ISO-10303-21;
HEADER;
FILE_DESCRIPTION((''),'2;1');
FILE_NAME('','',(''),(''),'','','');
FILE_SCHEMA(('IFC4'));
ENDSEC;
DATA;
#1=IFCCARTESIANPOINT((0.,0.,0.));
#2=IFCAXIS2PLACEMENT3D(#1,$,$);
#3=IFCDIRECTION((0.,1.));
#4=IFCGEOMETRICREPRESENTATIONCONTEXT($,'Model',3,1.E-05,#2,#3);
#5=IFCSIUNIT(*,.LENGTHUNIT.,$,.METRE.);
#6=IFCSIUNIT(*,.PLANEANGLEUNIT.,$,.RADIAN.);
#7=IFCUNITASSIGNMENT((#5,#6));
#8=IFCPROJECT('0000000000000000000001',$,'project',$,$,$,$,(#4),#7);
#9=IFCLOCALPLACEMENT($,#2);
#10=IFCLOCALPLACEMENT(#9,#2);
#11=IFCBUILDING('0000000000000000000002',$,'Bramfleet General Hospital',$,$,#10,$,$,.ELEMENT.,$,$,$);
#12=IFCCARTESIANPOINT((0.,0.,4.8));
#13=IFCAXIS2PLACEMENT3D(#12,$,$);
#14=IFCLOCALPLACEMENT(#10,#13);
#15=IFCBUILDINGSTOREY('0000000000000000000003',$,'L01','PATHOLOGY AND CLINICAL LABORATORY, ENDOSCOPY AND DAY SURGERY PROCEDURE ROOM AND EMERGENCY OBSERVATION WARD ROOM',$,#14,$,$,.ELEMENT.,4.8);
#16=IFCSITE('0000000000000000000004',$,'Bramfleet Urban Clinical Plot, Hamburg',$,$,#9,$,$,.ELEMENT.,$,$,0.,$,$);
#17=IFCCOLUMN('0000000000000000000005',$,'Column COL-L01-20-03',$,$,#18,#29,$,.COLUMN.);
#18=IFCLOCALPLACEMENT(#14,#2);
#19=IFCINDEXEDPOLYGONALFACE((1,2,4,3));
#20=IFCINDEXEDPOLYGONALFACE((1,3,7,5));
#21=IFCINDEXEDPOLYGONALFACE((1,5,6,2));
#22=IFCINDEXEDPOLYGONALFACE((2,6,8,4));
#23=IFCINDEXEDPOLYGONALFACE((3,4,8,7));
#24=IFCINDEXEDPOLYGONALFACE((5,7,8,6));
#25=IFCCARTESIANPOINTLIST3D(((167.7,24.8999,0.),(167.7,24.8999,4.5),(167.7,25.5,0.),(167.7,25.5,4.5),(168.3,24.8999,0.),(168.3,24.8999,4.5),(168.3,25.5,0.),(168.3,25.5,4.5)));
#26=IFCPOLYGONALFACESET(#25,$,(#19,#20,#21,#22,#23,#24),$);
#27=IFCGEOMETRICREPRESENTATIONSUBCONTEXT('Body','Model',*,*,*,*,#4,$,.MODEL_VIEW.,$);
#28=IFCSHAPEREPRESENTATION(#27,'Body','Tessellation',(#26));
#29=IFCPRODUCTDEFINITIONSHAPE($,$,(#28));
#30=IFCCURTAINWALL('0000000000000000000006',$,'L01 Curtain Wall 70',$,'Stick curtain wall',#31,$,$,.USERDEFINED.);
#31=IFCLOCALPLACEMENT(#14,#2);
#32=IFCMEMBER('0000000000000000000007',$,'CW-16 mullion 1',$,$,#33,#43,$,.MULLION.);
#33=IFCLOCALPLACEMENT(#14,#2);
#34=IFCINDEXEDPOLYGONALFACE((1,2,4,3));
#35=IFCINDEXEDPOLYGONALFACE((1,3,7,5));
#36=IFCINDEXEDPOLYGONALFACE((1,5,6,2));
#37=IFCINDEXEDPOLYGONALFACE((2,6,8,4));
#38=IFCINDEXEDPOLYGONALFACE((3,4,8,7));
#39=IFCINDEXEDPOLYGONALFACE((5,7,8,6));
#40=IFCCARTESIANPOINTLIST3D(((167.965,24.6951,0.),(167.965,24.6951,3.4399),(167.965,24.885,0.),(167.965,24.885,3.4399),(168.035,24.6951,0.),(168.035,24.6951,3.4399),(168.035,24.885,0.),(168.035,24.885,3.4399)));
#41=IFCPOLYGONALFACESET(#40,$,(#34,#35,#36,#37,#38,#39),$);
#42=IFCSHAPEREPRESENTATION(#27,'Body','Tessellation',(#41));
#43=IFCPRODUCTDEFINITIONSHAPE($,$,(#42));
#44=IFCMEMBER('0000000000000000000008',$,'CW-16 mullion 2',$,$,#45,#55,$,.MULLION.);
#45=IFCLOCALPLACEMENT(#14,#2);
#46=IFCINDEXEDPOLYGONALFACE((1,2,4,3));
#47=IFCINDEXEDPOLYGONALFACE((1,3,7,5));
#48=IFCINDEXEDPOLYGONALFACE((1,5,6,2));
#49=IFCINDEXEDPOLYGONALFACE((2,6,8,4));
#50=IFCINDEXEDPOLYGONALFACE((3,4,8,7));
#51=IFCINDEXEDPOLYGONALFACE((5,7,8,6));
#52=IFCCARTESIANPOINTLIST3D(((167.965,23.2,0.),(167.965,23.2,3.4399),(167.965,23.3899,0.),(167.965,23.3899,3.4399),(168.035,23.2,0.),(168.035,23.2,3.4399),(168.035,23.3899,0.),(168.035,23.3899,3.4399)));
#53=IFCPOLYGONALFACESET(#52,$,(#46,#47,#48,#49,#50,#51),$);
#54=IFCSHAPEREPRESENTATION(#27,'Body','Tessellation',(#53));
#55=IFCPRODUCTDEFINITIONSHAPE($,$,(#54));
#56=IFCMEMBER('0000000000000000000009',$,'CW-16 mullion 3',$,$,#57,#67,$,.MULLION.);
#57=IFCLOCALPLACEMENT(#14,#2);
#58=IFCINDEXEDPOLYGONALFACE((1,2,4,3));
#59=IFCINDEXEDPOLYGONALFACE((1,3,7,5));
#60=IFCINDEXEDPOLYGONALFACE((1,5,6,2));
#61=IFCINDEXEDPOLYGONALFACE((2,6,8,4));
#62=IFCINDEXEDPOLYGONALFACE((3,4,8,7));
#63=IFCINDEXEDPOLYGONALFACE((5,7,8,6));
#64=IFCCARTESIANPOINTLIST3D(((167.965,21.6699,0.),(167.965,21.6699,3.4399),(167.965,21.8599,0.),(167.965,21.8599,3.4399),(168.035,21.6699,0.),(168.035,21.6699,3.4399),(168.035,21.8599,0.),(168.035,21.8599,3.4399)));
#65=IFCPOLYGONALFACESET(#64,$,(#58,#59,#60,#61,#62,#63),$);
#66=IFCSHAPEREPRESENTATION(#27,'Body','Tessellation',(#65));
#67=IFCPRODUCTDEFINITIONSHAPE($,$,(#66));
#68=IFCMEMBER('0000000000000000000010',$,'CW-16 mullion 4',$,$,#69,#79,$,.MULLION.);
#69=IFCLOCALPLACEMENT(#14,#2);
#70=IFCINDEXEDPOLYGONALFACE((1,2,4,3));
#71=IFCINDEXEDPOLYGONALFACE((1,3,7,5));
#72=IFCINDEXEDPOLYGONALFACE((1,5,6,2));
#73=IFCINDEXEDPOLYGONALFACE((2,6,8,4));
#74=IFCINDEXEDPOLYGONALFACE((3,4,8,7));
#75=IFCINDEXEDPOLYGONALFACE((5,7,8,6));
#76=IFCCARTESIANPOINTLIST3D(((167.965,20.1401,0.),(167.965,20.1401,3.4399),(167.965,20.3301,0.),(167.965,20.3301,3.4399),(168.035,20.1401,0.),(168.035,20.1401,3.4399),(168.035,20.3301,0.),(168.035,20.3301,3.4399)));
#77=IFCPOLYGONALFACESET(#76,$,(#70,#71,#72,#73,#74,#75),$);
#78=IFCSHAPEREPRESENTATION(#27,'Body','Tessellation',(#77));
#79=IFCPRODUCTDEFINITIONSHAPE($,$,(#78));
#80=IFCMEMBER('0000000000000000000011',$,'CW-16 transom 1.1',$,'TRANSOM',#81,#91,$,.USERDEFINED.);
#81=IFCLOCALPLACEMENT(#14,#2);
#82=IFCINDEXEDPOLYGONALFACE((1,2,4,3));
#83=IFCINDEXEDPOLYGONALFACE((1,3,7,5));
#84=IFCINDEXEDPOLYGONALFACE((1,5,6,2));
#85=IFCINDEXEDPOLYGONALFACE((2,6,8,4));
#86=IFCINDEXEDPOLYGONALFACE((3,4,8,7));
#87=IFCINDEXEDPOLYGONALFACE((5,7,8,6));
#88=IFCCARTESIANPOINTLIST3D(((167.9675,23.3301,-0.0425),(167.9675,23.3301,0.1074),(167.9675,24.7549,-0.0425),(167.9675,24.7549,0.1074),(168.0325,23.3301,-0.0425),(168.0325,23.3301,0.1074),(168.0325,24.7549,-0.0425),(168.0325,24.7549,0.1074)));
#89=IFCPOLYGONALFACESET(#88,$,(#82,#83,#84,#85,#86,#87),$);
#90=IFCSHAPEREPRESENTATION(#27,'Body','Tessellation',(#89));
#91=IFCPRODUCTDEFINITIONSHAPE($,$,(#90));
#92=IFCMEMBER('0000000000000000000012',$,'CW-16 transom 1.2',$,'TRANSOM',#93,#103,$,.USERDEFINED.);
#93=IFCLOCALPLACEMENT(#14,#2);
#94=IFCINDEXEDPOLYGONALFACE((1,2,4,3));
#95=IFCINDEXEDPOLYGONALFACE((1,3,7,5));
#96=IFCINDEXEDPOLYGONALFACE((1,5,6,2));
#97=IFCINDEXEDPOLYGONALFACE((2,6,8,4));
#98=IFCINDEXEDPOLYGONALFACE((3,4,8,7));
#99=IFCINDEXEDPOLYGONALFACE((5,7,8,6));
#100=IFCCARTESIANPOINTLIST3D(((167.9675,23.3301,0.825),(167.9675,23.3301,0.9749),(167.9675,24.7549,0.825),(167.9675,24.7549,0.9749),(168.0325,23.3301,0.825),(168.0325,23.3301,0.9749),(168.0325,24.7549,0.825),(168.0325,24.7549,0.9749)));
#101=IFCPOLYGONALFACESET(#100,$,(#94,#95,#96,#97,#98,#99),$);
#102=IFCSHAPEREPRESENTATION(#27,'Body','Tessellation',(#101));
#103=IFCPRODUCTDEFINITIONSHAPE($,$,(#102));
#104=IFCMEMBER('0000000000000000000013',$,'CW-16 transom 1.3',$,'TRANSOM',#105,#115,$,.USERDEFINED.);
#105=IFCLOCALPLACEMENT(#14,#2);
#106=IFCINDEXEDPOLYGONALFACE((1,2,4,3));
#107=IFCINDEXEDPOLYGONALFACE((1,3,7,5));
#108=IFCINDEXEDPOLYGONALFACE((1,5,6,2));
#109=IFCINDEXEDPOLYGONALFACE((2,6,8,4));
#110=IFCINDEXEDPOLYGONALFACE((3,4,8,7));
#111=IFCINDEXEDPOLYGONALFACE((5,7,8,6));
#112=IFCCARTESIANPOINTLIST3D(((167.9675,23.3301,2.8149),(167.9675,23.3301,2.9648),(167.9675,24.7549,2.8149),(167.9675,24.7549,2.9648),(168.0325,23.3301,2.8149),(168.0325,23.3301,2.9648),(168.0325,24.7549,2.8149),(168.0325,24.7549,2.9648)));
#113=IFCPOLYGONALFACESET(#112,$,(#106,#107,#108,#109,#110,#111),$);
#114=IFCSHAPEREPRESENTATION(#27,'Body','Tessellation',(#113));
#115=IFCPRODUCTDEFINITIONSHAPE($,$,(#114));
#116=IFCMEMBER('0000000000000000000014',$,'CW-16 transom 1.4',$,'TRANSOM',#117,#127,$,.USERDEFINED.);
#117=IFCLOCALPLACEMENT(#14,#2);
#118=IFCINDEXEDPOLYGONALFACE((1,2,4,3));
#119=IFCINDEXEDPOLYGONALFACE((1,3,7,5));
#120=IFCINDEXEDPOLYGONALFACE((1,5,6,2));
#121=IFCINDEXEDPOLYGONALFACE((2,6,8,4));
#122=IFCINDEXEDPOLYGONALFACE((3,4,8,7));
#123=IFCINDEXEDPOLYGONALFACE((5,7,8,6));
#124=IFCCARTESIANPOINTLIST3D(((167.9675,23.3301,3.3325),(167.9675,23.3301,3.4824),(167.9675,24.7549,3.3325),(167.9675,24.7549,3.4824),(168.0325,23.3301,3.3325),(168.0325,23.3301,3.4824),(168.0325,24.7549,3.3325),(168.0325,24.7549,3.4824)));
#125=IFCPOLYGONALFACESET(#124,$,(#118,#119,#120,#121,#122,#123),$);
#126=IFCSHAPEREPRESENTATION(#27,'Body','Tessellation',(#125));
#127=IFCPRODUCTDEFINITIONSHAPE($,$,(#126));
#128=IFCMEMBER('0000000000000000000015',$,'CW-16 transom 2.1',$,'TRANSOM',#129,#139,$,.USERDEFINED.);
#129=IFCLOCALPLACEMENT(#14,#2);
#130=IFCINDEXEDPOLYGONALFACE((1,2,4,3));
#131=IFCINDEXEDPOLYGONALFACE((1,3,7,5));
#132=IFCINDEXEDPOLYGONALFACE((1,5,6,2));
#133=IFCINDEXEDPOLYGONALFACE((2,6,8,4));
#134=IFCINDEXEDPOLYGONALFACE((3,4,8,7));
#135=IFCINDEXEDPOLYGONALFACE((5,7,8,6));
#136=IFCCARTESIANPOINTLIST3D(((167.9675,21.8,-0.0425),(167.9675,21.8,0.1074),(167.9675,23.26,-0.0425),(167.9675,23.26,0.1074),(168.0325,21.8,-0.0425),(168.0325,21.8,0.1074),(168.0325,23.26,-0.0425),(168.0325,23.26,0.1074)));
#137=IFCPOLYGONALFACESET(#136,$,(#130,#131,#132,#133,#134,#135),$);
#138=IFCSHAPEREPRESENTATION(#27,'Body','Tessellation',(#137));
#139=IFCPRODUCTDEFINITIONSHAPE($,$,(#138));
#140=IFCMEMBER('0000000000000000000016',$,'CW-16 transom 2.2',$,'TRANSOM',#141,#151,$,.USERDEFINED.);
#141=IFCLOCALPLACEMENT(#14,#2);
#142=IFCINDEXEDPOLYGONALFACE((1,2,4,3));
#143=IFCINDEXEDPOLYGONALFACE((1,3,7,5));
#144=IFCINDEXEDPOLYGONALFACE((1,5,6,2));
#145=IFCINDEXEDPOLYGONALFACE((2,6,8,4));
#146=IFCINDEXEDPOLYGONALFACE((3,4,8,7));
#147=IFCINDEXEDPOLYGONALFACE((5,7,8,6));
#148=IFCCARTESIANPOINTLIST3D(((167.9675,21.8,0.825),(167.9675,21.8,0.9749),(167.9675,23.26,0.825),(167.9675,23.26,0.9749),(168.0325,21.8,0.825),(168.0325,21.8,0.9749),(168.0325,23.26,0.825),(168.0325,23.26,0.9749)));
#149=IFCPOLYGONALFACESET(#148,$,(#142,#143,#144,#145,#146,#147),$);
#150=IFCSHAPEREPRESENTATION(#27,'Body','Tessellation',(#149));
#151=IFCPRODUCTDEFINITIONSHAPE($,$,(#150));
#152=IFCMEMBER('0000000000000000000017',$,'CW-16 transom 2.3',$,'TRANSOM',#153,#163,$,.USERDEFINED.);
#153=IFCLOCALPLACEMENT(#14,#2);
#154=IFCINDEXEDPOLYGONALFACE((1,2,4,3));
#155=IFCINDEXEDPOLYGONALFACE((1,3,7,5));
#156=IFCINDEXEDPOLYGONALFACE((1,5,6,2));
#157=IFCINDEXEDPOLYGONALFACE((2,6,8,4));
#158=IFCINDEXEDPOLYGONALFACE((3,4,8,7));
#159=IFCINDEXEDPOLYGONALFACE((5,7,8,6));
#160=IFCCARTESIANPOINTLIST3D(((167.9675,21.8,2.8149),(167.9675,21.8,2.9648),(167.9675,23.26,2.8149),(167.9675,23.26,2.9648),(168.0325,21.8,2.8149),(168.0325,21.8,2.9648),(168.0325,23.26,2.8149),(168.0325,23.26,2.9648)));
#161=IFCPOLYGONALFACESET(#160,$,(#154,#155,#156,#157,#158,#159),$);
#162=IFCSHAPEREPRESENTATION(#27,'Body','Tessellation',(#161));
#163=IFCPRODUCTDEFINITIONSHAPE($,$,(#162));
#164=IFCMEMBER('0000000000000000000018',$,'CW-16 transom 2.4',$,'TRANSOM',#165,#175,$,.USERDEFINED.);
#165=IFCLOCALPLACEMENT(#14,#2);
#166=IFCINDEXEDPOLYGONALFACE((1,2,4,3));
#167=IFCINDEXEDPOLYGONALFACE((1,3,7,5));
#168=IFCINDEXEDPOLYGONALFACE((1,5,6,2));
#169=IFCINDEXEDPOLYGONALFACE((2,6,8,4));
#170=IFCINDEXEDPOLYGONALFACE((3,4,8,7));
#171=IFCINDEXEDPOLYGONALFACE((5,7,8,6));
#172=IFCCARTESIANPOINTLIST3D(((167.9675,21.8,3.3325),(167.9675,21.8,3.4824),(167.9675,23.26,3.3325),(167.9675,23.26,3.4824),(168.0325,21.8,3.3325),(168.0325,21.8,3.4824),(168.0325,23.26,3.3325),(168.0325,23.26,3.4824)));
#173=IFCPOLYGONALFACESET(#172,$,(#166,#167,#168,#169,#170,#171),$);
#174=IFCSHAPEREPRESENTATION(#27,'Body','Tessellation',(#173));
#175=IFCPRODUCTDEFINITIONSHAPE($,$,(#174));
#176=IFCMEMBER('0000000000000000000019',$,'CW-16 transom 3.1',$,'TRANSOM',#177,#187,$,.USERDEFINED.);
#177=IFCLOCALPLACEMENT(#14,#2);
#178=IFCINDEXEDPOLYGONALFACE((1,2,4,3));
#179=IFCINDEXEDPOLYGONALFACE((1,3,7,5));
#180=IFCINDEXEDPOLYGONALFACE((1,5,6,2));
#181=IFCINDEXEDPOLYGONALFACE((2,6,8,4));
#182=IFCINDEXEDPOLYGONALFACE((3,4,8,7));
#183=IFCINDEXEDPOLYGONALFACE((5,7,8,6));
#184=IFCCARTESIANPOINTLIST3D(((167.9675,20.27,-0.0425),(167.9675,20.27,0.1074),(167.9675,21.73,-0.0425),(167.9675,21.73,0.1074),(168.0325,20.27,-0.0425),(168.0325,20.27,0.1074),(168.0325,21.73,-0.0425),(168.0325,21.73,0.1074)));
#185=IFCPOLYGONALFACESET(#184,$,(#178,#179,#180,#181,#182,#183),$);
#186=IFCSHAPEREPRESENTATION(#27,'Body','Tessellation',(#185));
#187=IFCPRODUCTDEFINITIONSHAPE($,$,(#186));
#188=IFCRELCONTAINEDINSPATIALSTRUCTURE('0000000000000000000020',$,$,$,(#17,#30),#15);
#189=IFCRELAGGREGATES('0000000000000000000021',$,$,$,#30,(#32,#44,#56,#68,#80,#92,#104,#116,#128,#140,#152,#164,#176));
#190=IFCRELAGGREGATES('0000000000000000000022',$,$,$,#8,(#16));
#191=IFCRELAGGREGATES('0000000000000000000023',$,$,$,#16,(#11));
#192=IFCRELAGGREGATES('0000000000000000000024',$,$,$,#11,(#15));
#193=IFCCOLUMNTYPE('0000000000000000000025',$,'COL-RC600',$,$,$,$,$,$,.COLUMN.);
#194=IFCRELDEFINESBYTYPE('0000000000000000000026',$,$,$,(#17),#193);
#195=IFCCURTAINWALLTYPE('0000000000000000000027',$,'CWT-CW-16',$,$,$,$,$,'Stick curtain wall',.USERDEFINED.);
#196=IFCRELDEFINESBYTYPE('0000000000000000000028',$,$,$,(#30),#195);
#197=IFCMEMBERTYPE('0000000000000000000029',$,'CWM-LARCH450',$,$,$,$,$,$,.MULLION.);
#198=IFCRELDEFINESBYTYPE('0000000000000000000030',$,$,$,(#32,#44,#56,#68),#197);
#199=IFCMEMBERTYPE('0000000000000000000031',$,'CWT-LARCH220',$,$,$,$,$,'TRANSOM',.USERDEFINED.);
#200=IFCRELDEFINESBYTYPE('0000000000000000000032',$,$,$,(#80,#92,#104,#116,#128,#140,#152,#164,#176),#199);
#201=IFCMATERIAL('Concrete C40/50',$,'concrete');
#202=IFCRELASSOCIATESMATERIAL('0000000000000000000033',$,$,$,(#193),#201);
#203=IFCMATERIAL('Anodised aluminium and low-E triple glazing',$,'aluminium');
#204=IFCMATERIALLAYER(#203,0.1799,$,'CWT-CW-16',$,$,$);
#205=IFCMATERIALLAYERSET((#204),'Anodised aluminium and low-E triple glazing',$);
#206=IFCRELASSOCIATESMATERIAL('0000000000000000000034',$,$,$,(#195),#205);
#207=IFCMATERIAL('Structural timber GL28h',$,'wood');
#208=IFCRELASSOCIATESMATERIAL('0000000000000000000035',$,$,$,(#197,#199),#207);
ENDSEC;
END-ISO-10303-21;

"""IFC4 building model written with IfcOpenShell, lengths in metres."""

from ifc_helpers import new_model, si_unit, direction, frame, origin, origin_2d, place, context, subcontext, project, spatial, rectangle, extrude, material, layer, layer_set, material_profile, profile_set, type_object, element, aggregate, save


model = new_model("IFC4")

# Units and contexts
model_context = context("Model", 3, precision=1e-05, world=origin(), true_north=direction((0.0, 1.0)))
body_context = subcontext(model_context, "Body", "Model", "MODEL_VIEW")
ifc_project = project(units=[si_unit("LENGTHUNIT", "METRE"), si_unit("PLANEANGLEUNIT", "RADIAN")], contexts=[model_context])

# Site, building, storey
site_placement = place(None, origin())
site = spatial("IfcSite", under=ifc_project, at=site_placement, Name="Bramfleet Urban Clinical Plot, Hamburg", CompositionType="ELEMENT", RefElevation=0.0)
building_placement = place(site_placement, origin())
building = spatial("IfcBuilding", under=site, at=building_placement, Name="Bramfleet General Hospital", CompositionType="ELEMENT")
storey_placement = place(building_placement, frame((0.0, 0.0, 4.8)))
storey = spatial("IfcBuildingStorey", under=building, at=storey_placement, Name="L01", Description="PATHOLOGY AND CLINICAL LABORATORY, ENDOSCOPY AND DAY SURGERY PROCEDURE ROOM AND EMERGENCY OBSERVATION WARD ROOM", CompositionType="ELEMENT", Elevation=4.8)

# Column
ifc_material_1 = material(Name="Concrete C40/50", Category="concrete")
ifc_material_profile_1 = material_profile(ifc_material_1, rectangle(XDim=0.6001, YDim=0.6001, at=origin_2d()), Name="RC COL 600x600")
ifc_profile_set_1 = profile_set([ifc_material_profile_1], Name="Concrete C40/50")
column_type = type_object("IfcColumnType", Name="COL-RC600", PredefinedType="COLUMN", material=ifc_profile_set_1)
column_placement = place(storey_placement, frame((168.0, 25.2, 0.0), z_axis=(0.0, 0.0, 1.0), x_axis=(1.0, 0.0, 0.0)))
element("IfcColumn", 1, at=column_placement, inside=storey, type_object=column_type, Name="Column COL-L01-20-03", PredefinedType="COLUMN", context=body_context, shape_type="SweptSolid", body=[
    extrude(rectangle(XDim=0.6001, YDim=0.6001, at=origin_2d()), origin(), (0.0, 0.0, 1.0), 4.5),
])

# Curtain wall, members
ifc_material_2 = material(Name="Anodised aluminium and low-E triple glazing", Category="aluminium")
ifc_layer_1 = layer(ifc_material_2, 0.1799, Name="CWT-CW-16")
ifc_layer_set_1 = layer_set([ifc_layer_1], Name="Anodised aluminium and low-E triple glazing")
curtain_wall_type = type_object("IfcCurtainWallType", Name="CWT-CW-16", ElementType="Stick curtain wall", PredefinedType="USERDEFINED", material=ifc_layer_set_1)
curtain_wall_placement = place(storey_placement, origin())
curtain_wall = element("IfcCurtainWall", 2, at=curtain_wall_placement, inside=storey, type_object=curtain_wall_type, Name="L01 Curtain Wall 70", ObjectType="Stick curtain wall", PredefinedType="USERDEFINED")
ifc_material_3 = material(Name="Structural timber GL28h", Category="wood")
ifc_material_profile_2 = material_profile(ifc_material_3, rectangle(XDim=0.0701, YDim=0.1899, at=origin_2d()), Name="LARCH 190x70")
ifc_profile_set_2 = profile_set([ifc_material_profile_2], Name="Structural timber GL28h")
member_type_1 = type_object("IfcMemberType", Name="CWM-LARCH450", PredefinedType="MULLION", material=ifc_profile_set_2)
member_1_placement = place(storey_placement, frame((168.0, 24.79, 0.0), z_axis=(0.0, 0.0, 1.0), x_axis=(1.0, 0.0, 0.0)))
member_1 = element("IfcMember", 3, at=member_1_placement, type_object=member_type_1, Name="CW-16 mullion 1", PredefinedType="MULLION", context=body_context, shape_type="SweptSolid", body=[
    extrude(rectangle(XDim=0.0701, YDim=0.1899, at=origin_2d()), origin(), (0.0, 0.0, 1.0), 3.4399),
])
member_2_placement = place(storey_placement, frame((168.0, 23.2949, 0.0), z_axis=(0.0, 0.0, 1.0), x_axis=(1.0, 0.0, 0.0)))
member_2 = element("IfcMember", 4, at=member_2_placement, type_object=member_type_1, Name="CW-16 mullion 2", PredefinedType="MULLION", context=body_context, shape_type="SweptSolid", body=[
    extrude(rectangle(XDim=0.0701, YDim=0.1899, at=origin_2d()), origin(), (0.0, 0.0, 1.0), 3.4399),
])
member_3_placement = place(storey_placement, frame((168.0, 21.7649, 0.0), z_axis=(0.0, 0.0, 1.0), x_axis=(1.0, 0.0, 0.0)))
member_3 = element("IfcMember", 5, at=member_3_placement, type_object=member_type_1, Name="CW-16 mullion 3", PredefinedType="MULLION", context=body_context, shape_type="SweptSolid", body=[
    extrude(rectangle(XDim=0.0701, YDim=0.1899, at=origin_2d()), origin(), (0.0, 0.0, 1.0), 3.4399),
])
member_4_placement = place(storey_placement, frame((168.0, 20.2351, 0.0), z_axis=(0.0, 0.0, 1.0), x_axis=(1.0, 0.0, 0.0)))
member_4 = element("IfcMember", 6, at=member_4_placement, type_object=member_type_1, Name="CW-16 mullion 4", PredefinedType="MULLION", context=body_context, shape_type="SweptSolid", body=[
    extrude(rectangle(XDim=0.0701, YDim=0.1899, at=origin_2d()), origin(), (0.0, 0.0, 1.0), 3.4399),
])
ifc_material_profile_3 = material_profile(ifc_material_3, rectangle(XDim=0.0649, YDim=0.1499, at=origin_2d()), Name="LARCH 150x65")
ifc_profile_set_3 = profile_set([ifc_material_profile_3], Name="Structural timber GL28h")
member_type_2 = type_object("IfcMemberType", Name="CWT-LARCH220", ElementType="TRANSOM", PredefinedType="USERDEFINED", material=ifc_profile_set_3)
member_5_placement = place(storey_placement, frame((168.0, 24.7549, 0.0325), z_axis=(0.0, -1.0, 0.0), x_axis=(1.0, 0.0, 0.0)))
member_5 = element("IfcMember", 7, at=member_5_placement, type_object=member_type_2, Name="CW-16 transom 1.1", ObjectType="TRANSOM", PredefinedType="USERDEFINED", context=body_context, shape_type="SweptSolid", body=[
    extrude(rectangle(XDim=0.0649, YDim=0.1499, at=origin_2d()), origin(), (0.0, 0.0, 1.0), 1.4248),
])
member_6_placement = place(storey_placement, frame((168.0, 24.7549, 0.8999), z_axis=(0.0, -1.0, 0.0), x_axis=(1.0, 0.0, 0.0)))
member_6 = element("IfcMember", 8, at=member_6_placement, type_object=member_type_2, Name="CW-16 transom 1.2", ObjectType="TRANSOM", PredefinedType="USERDEFINED", context=body_context, shape_type="SweptSolid", body=[
    extrude(rectangle(XDim=0.0649, YDim=0.1499, at=origin_2d()), origin(), (0.0, 0.0, 1.0), 1.4248),
])
member_7_placement = place(storey_placement, frame((168.0, 24.7549, 2.8899), z_axis=(0.0, -1.0, 0.0), x_axis=(1.0, 0.0, 0.0)))
member_7 = element("IfcMember", 9, at=member_7_placement, type_object=member_type_2, Name="CW-16 transom 1.3", ObjectType="TRANSOM", PredefinedType="USERDEFINED", context=body_context, shape_type="SweptSolid", body=[
    extrude(rectangle(XDim=0.0649, YDim=0.1499, at=origin_2d()), origin(), (0.0, 0.0, 1.0), 1.4248),
])
member_8_placement = place(storey_placement, frame((168.0, 24.7549, 3.4075), z_axis=(0.0, -1.0, 0.0), x_axis=(1.0, 0.0, 0.0)))
member_8 = element("IfcMember", 10, at=member_8_placement, type_object=member_type_2, Name="CW-16 transom 1.4", ObjectType="TRANSOM", PredefinedType="USERDEFINED", context=body_context, shape_type="SweptSolid", body=[
    extrude(rectangle(XDim=0.0649, YDim=0.1499, at=origin_2d()), origin(), (0.0, 0.0, 1.0), 1.4248),
])
member_9_placement = place(storey_placement, frame((168.0, 23.26, 0.0325), z_axis=(0.0, -1.0, 0.0), x_axis=(1.0, 0.0, 0.0)))
member_9 = element("IfcMember", 11, at=member_9_placement, type_object=member_type_2, Name="CW-16 transom 2.1", ObjectType="TRANSOM", PredefinedType="USERDEFINED", context=body_context, shape_type="SweptSolid", body=[
    extrude(rectangle(XDim=0.0649, YDim=0.1499, at=origin_2d()), origin(), (0.0, 0.0, 1.0), 1.46),
])
member_10_placement = place(storey_placement, frame((168.0, 23.26, 0.8999), z_axis=(0.0, -1.0, 0.0), x_axis=(1.0, 0.0, 0.0)))
member_10 = element("IfcMember", 12, at=member_10_placement, type_object=member_type_2, Name="CW-16 transom 2.2", ObjectType="TRANSOM", PredefinedType="USERDEFINED", context=body_context, shape_type="SweptSolid", body=[
    extrude(rectangle(XDim=0.0649, YDim=0.1499, at=origin_2d()), origin(), (0.0, 0.0, 1.0), 1.46),
])
member_11_placement = place(storey_placement, frame((168.0, 23.26, 2.8899), z_axis=(0.0, -1.0, 0.0), x_axis=(1.0, 0.0, 0.0)))
member_11 = element("IfcMember", 13, at=member_11_placement, type_object=member_type_2, Name="CW-16 transom 2.3", ObjectType="TRANSOM", PredefinedType="USERDEFINED", context=body_context, shape_type="SweptSolid", body=[
    extrude(rectangle(XDim=0.0649, YDim=0.1499, at=origin_2d()), origin(), (0.0, 0.0, 1.0), 1.46),
])
member_12_placement = place(storey_placement, frame((168.0, 23.26, 3.4075), z_axis=(0.0, -1.0, 0.0), x_axis=(1.0, 0.0, 0.0)))
member_12 = element("IfcMember", 14, at=member_12_placement, type_object=member_type_2, Name="CW-16 transom 2.4", ObjectType="TRANSOM", PredefinedType="USERDEFINED", context=body_context, shape_type="SweptSolid", body=[
    extrude(rectangle(XDim=0.0649, YDim=0.1499, at=origin_2d()), origin(), (0.0, 0.0, 1.0), 1.46),
])
member_13_placement = place(storey_placement, frame((168.0, 21.73, 0.0325), z_axis=(0.0, -1.0, 0.0), x_axis=(1.0, 0.0, 0.0)))
member_13 = element("IfcMember", 15, at=member_13_placement, type_object=member_type_2, Name="CW-16 transom 3.1", ObjectType="TRANSOM", PredefinedType="USERDEFINED", context=body_context, shape_type="SweptSolid", body=[
    extrude(rectangle(XDim=0.0649, YDim=0.1499, at=origin_2d()), origin(), (0.0, 0.0, 1.0), 1.46),
])
aggregate(curtain_wall, [member_1, member_2, member_3, member_4, member_5, member_6, member_7, member_8, member_9, member_10, member_11, member_12, member_13])

save(model, "model.ifc")
